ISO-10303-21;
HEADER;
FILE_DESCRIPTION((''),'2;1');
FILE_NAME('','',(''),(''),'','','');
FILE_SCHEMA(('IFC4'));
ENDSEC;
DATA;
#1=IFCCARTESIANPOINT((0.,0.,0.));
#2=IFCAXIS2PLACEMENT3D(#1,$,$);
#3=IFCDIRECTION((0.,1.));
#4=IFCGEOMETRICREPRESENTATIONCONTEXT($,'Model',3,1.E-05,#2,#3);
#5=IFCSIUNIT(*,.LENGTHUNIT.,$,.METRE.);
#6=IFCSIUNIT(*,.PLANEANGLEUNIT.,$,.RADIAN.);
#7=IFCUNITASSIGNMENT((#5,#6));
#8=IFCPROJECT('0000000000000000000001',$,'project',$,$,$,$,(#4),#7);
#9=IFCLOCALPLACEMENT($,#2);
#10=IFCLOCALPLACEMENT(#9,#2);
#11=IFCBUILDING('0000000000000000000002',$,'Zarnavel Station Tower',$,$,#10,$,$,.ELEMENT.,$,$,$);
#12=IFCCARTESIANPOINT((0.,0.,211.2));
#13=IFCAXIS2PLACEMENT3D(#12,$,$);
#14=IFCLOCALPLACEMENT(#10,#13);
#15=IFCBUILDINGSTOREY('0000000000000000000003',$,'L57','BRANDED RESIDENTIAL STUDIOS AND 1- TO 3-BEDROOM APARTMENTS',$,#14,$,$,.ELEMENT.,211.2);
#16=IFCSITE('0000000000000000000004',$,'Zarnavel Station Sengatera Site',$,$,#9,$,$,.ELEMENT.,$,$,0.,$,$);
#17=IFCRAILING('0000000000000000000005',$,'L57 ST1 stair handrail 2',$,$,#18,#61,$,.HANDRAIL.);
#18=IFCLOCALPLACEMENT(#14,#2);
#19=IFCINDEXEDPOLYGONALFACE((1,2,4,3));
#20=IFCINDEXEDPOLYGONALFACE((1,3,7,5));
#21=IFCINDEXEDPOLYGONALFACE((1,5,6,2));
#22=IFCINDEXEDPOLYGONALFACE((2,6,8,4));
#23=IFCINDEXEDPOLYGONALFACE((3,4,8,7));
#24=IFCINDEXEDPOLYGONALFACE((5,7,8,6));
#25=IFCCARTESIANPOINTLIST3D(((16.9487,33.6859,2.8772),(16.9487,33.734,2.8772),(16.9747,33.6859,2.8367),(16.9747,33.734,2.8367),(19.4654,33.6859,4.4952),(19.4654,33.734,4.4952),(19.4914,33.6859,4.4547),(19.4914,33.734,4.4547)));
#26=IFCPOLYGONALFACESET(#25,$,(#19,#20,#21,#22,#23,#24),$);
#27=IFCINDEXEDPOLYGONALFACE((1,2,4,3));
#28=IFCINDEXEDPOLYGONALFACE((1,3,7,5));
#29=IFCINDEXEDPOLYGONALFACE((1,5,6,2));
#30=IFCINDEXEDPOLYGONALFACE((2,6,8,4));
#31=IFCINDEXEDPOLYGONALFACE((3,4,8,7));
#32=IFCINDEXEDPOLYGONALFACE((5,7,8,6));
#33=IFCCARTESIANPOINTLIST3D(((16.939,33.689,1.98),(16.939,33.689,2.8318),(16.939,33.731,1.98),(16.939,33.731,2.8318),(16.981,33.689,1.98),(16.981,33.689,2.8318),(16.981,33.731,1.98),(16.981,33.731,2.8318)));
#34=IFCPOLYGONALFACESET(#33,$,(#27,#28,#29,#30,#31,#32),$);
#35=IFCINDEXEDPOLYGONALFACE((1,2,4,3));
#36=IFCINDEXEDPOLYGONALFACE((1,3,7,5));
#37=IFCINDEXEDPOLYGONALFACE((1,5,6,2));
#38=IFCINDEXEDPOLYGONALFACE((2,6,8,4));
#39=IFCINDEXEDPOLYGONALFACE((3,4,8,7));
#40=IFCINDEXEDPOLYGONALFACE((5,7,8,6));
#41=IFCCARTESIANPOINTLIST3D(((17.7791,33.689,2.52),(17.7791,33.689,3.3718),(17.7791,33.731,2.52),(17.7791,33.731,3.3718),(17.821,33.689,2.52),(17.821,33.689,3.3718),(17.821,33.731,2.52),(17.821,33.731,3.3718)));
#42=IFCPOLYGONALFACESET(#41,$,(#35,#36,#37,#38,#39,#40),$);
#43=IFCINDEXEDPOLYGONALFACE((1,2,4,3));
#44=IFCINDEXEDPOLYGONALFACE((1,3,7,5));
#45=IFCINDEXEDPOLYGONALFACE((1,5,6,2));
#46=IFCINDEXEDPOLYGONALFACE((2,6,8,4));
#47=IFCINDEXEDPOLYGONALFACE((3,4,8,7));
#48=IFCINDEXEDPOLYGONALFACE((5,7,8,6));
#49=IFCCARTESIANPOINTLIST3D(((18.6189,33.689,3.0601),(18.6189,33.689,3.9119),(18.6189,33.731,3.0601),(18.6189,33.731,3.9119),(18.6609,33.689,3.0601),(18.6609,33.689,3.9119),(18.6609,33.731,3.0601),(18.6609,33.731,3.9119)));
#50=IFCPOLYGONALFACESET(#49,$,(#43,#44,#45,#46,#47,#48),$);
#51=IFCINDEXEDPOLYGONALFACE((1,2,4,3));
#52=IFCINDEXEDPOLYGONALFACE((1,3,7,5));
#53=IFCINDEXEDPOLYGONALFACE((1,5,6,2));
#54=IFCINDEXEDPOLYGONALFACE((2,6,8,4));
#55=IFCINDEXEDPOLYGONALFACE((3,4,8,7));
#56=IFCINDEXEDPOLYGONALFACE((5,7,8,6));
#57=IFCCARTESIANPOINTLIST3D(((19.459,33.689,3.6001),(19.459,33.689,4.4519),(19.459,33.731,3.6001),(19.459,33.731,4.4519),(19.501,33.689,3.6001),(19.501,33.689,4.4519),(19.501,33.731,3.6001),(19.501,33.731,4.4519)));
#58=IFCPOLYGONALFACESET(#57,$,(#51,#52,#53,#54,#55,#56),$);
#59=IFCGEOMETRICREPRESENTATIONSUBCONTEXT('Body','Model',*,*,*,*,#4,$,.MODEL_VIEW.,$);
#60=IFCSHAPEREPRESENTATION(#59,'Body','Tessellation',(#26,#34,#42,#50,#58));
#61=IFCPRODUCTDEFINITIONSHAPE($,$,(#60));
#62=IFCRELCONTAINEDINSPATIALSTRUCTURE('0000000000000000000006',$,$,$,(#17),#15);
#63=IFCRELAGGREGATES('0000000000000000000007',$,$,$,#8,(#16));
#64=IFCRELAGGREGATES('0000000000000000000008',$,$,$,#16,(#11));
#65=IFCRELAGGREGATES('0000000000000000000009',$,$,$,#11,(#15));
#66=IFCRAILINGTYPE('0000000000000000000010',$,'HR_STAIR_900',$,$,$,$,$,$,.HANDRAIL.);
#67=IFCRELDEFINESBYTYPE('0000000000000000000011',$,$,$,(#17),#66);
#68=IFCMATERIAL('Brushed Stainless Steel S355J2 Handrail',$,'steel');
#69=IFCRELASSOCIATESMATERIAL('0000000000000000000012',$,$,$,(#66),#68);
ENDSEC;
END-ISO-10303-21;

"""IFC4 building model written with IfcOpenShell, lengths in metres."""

from ifc_helpers import new_model, si_unit, direction, frame, origin, origin_2d, place, context, subcontext, project, spatial, rectangle, extrude, material, type_object, element, save


model = new_model("IFC4")

# Units and contexts
model_context = context("Model", 3, precision=1e-05, world=origin(), true_north=direction((0.0, 1.0)))
body_context = subcontext(model_context, "Body", "Model", "MODEL_VIEW")
ifc_project = project(units=[si_unit("LENGTHUNIT", "METRE"), si_unit("PLANEANGLEUNIT", "RADIAN")], contexts=[model_context])

# Site, building, storey
site_placement = place(None, origin())
site = spatial("IfcSite", under=ifc_project, at=site_placement, Name="Zarnavel Station Sengatera Site", CompositionType="ELEMENT", RefElevation=0.0)
building_placement = place(site_placement, origin())
building = spatial("IfcBuilding", under=site, at=building_placement, Name="Zarnavel Station Tower", CompositionType="ELEMENT")
storey_placement = place(building_placement, frame((0.0, 0.0, 211.2)))
storey = spatial("IfcBuildingStorey", under=building, at=storey_placement, Name="L57", Description="BRANDED RESIDENTIAL STUDIOS AND 1- TO 3-BEDROOM APARTMENTS", CompositionType="ELEMENT", Elevation=211.2)

# Railing
ifc_material_1 = material(Name="Brushed Stainless Steel S355J2 Handrail", Category="steel")
railing_type_1 = type_object("IfcRailingType", Name="HR_STAIR_900", PredefinedType="HANDRAIL", material=ifc_material_1)
railing_1_placement = place(storey_placement, frame((16.96, 33.71, 1.98)))
element("IfcRailing", 1, at=railing_1_placement, inside=storey, type_object=railing_type_1, Name="L57 ST1 stair handrail 2", PredefinedType="HANDRAIL", context=body_context, shape_type="SweptSolid", body=[
    extrude(rectangle(XDim=0.0481, YDim=0.0481, at=origin_2d()), frame((0.0017, 0.0, 0.877), z_axis=(0.841163, 0.0, 0.540782), x_axis=(0.0, 1.0, 0.0)), (0.0, 0.0, 1.0), 2.9919),
    extrude(rectangle(XDim=0.042, YDim=0.042, at=origin_2d()), origin(), (0.0, 0.0, 1.0), 0.8518),
    extrude(rectangle(XDim=0.042, YDim=0.042, at=origin_2d()), frame((0.8401, 0.0, 0.54)), (0.0, 0.0, 1.0), 0.8518),
    extrude(rectangle(XDim=0.042, YDim=0.042, at=origin_2d()), frame((1.6799, 0.0, 1.0801)), (0.0, 0.0, 1.0), 0.8518),
    extrude(rectangle(XDim=0.042, YDim=0.042, at=origin_2d()), frame((2.52, 0.0, 1.6201)), (0.0, 0.0, 1.0), 0.8518),
])

save(model, "model.ifc")
